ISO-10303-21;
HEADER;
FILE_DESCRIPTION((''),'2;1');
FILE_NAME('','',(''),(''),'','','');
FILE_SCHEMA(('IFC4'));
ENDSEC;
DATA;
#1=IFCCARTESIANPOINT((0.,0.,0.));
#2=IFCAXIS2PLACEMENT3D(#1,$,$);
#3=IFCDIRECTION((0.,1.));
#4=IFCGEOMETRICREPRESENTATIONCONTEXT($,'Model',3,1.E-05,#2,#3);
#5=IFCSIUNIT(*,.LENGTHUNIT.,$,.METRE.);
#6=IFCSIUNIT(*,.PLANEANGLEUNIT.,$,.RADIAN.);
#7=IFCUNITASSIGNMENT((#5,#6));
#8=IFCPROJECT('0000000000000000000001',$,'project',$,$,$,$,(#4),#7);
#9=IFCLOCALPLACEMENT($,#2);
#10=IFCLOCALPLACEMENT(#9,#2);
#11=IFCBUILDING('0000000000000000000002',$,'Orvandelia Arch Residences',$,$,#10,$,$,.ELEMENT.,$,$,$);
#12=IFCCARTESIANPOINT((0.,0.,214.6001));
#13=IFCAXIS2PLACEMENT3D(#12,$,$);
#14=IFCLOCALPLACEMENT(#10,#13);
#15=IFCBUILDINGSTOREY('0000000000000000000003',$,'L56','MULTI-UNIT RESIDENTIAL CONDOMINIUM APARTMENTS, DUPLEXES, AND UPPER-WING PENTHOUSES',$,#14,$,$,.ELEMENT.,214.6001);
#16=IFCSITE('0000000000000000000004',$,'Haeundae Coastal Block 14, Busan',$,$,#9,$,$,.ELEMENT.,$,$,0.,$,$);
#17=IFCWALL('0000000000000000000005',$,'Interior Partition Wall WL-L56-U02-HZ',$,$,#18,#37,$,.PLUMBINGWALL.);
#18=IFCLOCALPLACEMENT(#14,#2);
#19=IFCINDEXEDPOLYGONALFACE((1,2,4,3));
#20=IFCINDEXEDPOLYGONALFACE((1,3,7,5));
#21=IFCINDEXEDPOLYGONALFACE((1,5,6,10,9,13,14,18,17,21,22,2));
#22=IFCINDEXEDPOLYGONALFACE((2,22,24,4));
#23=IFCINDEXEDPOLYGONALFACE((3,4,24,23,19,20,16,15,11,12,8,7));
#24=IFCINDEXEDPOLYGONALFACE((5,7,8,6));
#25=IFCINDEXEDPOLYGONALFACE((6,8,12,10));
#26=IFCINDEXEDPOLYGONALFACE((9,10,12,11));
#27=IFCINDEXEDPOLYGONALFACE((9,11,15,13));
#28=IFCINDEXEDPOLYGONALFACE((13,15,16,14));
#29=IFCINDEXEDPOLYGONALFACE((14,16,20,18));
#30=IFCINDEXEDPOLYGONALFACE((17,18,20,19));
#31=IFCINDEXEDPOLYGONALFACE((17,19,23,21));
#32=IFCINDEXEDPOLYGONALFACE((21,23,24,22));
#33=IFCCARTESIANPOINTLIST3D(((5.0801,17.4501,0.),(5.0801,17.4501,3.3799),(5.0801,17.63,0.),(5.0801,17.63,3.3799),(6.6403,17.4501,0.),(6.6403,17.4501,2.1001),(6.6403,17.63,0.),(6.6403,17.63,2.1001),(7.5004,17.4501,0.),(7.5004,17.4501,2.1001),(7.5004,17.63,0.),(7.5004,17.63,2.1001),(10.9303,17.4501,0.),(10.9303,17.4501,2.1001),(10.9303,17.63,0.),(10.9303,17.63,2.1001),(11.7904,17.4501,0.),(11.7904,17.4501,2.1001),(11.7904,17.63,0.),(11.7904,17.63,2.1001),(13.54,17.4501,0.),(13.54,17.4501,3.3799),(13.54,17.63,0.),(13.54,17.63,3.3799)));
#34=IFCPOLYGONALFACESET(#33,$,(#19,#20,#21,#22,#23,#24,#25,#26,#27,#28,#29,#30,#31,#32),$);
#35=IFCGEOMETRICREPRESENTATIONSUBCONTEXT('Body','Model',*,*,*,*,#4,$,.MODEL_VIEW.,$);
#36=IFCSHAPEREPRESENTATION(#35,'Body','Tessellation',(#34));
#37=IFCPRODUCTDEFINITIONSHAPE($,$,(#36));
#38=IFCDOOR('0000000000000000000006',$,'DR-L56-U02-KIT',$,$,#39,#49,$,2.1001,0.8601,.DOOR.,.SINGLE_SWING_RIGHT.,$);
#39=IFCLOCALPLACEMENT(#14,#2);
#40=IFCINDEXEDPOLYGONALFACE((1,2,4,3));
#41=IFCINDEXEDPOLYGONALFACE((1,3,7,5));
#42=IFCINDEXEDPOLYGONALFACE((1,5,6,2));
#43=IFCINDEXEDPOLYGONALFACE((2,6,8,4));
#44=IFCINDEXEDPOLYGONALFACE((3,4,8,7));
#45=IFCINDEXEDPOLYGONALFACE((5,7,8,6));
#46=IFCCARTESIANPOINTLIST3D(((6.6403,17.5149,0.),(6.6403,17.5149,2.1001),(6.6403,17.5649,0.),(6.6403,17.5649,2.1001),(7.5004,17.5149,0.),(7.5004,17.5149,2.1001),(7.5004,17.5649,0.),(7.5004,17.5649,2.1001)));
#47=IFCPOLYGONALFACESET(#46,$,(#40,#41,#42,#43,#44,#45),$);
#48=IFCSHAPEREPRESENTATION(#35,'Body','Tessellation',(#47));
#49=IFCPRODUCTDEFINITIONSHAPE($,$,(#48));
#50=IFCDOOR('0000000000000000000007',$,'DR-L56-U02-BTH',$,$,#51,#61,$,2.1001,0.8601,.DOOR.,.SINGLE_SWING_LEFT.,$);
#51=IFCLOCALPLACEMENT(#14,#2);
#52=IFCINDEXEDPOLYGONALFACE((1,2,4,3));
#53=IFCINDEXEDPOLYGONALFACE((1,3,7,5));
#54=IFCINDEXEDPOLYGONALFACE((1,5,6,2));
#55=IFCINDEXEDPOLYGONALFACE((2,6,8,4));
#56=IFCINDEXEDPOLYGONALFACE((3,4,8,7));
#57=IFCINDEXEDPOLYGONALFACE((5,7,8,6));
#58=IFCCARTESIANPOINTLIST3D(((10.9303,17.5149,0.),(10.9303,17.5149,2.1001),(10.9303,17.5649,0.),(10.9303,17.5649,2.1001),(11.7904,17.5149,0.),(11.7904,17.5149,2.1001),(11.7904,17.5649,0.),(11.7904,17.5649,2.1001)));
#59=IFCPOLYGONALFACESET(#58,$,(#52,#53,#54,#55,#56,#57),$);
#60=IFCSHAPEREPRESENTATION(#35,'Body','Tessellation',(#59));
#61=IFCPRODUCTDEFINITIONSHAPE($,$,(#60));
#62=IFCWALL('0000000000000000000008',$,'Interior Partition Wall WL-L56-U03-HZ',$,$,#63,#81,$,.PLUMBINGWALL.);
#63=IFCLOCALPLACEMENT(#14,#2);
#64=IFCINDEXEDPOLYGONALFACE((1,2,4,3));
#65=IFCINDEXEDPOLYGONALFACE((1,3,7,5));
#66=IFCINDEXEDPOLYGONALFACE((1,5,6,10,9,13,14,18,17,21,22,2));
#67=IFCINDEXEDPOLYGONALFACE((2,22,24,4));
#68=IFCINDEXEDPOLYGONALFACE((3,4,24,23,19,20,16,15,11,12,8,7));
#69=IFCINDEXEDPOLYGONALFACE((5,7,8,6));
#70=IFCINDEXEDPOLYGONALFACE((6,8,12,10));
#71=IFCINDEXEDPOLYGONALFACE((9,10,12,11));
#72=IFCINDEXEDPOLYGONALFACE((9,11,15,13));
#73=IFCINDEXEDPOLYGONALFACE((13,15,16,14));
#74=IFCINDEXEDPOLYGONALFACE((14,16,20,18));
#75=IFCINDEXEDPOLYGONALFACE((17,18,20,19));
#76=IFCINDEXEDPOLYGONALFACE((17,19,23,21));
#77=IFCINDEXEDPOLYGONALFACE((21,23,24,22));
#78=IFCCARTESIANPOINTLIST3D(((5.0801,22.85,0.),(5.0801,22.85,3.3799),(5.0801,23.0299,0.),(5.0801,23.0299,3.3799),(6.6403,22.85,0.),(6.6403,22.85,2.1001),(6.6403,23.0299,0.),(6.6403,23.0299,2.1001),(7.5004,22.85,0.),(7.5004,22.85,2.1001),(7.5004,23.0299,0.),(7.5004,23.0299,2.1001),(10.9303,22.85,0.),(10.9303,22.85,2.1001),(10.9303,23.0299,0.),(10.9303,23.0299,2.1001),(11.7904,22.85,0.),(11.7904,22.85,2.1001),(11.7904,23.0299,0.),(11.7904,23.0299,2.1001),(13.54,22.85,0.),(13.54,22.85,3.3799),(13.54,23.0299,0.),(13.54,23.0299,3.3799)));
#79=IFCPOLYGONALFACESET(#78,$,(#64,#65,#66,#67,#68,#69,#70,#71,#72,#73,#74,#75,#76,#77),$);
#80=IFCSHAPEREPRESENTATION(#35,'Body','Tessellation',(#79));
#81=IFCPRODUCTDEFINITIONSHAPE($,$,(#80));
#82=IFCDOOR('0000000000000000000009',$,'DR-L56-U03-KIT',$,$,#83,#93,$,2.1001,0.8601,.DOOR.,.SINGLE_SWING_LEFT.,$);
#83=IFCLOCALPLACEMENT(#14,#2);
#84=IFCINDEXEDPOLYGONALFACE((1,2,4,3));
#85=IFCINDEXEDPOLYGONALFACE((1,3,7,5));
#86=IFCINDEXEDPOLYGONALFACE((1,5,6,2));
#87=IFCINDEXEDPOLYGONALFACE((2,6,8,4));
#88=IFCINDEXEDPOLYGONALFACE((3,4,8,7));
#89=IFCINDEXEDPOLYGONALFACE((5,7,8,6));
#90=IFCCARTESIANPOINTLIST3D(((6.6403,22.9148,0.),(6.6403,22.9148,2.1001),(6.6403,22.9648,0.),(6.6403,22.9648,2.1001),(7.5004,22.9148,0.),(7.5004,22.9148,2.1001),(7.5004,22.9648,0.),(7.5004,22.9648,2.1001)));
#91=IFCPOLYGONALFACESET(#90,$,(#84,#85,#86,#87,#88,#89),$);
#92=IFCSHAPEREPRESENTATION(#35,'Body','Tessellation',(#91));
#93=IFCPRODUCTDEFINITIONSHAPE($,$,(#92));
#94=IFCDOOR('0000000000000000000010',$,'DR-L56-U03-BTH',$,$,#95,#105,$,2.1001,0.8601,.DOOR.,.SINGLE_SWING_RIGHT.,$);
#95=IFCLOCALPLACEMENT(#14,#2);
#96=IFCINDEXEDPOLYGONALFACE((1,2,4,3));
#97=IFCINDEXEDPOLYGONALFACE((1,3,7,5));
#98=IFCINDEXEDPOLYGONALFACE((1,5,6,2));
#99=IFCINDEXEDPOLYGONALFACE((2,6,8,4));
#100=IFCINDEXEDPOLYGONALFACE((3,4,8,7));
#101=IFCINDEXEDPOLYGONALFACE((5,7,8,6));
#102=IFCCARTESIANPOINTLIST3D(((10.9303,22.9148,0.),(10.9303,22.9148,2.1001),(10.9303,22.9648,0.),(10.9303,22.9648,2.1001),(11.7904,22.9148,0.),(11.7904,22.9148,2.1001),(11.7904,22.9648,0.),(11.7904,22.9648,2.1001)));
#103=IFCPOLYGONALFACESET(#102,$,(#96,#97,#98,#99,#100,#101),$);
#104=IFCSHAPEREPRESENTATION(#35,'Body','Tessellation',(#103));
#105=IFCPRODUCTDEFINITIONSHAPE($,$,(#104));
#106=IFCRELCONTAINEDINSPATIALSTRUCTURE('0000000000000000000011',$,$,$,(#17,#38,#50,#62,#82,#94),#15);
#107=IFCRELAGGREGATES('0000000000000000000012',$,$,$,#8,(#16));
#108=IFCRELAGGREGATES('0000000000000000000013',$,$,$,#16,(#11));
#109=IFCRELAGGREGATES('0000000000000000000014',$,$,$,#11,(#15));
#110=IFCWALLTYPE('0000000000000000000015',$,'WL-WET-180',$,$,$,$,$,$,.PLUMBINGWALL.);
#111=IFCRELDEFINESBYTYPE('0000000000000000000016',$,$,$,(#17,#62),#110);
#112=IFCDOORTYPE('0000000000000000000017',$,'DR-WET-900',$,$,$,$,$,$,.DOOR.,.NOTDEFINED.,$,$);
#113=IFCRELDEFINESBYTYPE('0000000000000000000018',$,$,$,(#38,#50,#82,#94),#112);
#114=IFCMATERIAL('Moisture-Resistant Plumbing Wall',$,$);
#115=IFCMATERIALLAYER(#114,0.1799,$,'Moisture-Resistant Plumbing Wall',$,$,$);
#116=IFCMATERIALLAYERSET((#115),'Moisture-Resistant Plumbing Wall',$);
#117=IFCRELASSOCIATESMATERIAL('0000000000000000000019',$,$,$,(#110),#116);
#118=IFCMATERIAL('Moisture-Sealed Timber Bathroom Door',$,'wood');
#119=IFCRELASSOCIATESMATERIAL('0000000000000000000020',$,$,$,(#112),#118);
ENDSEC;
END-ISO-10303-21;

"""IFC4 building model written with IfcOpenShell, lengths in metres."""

from ifc_helpers import new_model, si_unit, direction, frame, frame_2d, origin, place, context, subcontext, project, spatial, rectangle, extrude, material, layer, layer_set, type_object, element, fill, save


model = new_model("IFC4")

# Units and contexts
model_context = context("Model", 3, precision=1e-05, world=origin(), true_north=direction((0.0, 1.0)))
body_context = subcontext(model_context, "Body", "Model", "MODEL_VIEW")
ifc_project = project(units=[si_unit("LENGTHUNIT", "METRE"), si_unit("PLANEANGLEUNIT", "RADIAN")], contexts=[model_context])

# Site, building, storey
site_placement = place(None, origin())
site = spatial("IfcSite", under=ifc_project, at=site_placement, Name="Haeundae Coastal Block 14, Busan", CompositionType="ELEMENT", RefElevation=0.0)
building_placement = place(site_placement, origin())
building = spatial("IfcBuilding", under=site, at=building_placement, Name="Orvandelia Arch Residences", CompositionType="ELEMENT")
storey_placement = place(building_placement, frame((0.0, 0.0, 214.6001)))
storey = spatial("IfcBuildingStorey", under=building, at=storey_placement, Name="L56", Description="MULTI-UNIT RESIDENTIAL CONDOMINIUM APARTMENTS, DUPLEXES, AND UPPER-WING PENTHOUSES", CompositionType="ELEMENT", Elevation=214.6001)

# Walls, openings, doors
ifc_material_1 = material(Name="Moisture-Resistant Plumbing Wall")
ifc_layer_1 = layer(ifc_material_1, 0.1799, Name="Moisture-Resistant Plumbing Wall")
ifc_layer_set_1 = layer_set([ifc_layer_1], Name="Moisture-Resistant Plumbing Wall")
wall_type_1 = type_object("IfcWallType", Name="WL-WET-180", PredefinedType="PLUMBINGWALL", material=ifc_layer_set_1)
wall_1_placement = place(storey_placement, frame((5.0801, 17.54, 0.0), z_axis=(0.0, 0.0, 1.0), x_axis=(1.0, 0.0, 0.0)))
wall_1 = element("IfcWall", 1, at=wall_1_placement, inside=storey, type_object=wall_type_1, Name="Interior Partition Wall WL-L56-U02-HZ", PredefinedType="PLUMBINGWALL", context=body_context, shape_type="SweptSolid", body=[
    extrude(rectangle(XDim=8.46, YDim=0.1799, at=frame_2d((4.23, 0.0))), origin(), (0.0, 0.0, 1.0), 3.3799),
])
opening_1_placement = place(wall_1_placement, frame((1.5601, 0.0, 0.0)))
opening_1 = element("IfcOpeningElement", 2, at=opening_1_placement, cuts=wall_1, PredefinedType="OPENING", context=body_context, shape_type="SweptSolid", body=[
    extrude(rectangle(XDim=0.8601, YDim=2.1001, at=frame_2d((0.4302, 1.05))), frame((0.0, 0.1001, 0.0), z_axis=(0.0, -1.0, 0.0), x_axis=(1.0, 0.0, 0.0)), (0.0, 0.0, 1.0), 0.2),
])
opening_2_placement = place(wall_1_placement, frame((5.8501, 0.0, 0.0)))
opening_2 = element("IfcOpeningElement", 3, at=opening_2_placement, cuts=wall_1, PredefinedType="OPENING", context=body_context, shape_type="SweptSolid", body=[
    extrude(rectangle(XDim=0.8601, YDim=2.1001, at=frame_2d((0.4302, 1.05))), frame((0.0, 0.1001, 0.0), z_axis=(0.0, -1.0, 0.0), x_axis=(1.0, 0.0, 0.0)), (0.0, 0.0, 1.0), 0.2),
])
ifc_material_2 = material(Name="Moisture-Sealed Timber Bathroom Door", Category="wood")
door_type = type_object("IfcDoorType", Name="DR-WET-900", OperationType="NOTDEFINED", PredefinedType="DOOR", material=ifc_material_2)
door_1_placement = place(opening_1_placement, origin())
door_1 = element("IfcDoor", 4, at=door_1_placement, inside=storey, type_object=door_type, Name="DR-L56-U02-KIT", OperationType="SINGLE_SWING_RIGHT", OverallHeight=2.1001, OverallWidth=0.8601, PredefinedType="DOOR", context=body_context, shape_type="SweptSolid", body=[
    extrude(rectangle(XDim=0.8601, YDim=2.1001, at=frame_2d((0.4302, 1.05))), frame((0.0, 0.0249, 0.0), z_axis=(0.0, -1.0, 0.0), x_axis=(1.0, 0.0, 0.0)), (0.0, 0.0, 1.0), 0.05),
])
fill(opening_1, door_1)
door_2_placement = place(opening_2_placement, origin())
door_2 = element("IfcDoor", 5, at=door_2_placement, inside=storey, type_object=door_type, Name="DR-L56-U02-BTH", OperationType="SINGLE_SWING_LEFT", OverallHeight=2.1001, OverallWidth=0.8601, PredefinedType="DOOR", context=body_context, shape_type="SweptSolid", body=[
    extrude(rectangle(XDim=0.8601, YDim=2.1001, at=frame_2d((0.4302, 1.05))), frame((0.0, 0.0249, 0.0), z_axis=(0.0, -1.0, 0.0), x_axis=(1.0, 0.0, 0.0)), (0.0, 0.0, 1.0), 0.05),
])
fill(opening_2, door_2)
wall_2_placement = place(storey_placement, frame((5.0801, 22.9399, 0.0), z_axis=(0.0, 0.0, 1.0), x_axis=(1.0, 0.0, 0.0)))
wall_2 = element("IfcWall", 6, at=wall_2_placement, inside=storey, type_object=wall_type_1, Name="Interior Partition Wall WL-L56-U03-HZ", PredefinedType="PLUMBINGWALL", context=body_context, shape_type="SweptSolid", body=[
    extrude(rectangle(XDim=8.46, YDim=0.1799, at=frame_2d((4.23, 0.0))), origin(), (0.0, 0.0, 1.0), 3.3799),
])
opening_3_placement = place(wall_2_placement, frame((1.5601, 0.0, 0.0)))
opening_3 = element("IfcOpeningElement", 7, at=opening_3_placement, cuts=wall_2, PredefinedType="OPENING", context=body_context, shape_type="SweptSolid", body=[
    extrude(rectangle(XDim=0.8601, YDim=2.1001, at=frame_2d((0.4302, 1.05))), frame((0.0, 0.1001, 0.0), z_axis=(0.0, -1.0, 0.0), x_axis=(1.0, 0.0, 0.0)), (0.0, 0.0, 1.0), 0.2),
])
opening_4_placement = place(wall_2_placement, frame((5.8501, 0.0, 0.0)))
opening_4 = element("IfcOpeningElement", 8, at=opening_4_placement, cuts=wall_2, PredefinedType="OPENING", context=body_context, shape_type="SweptSolid", body=[
    extrude(rectangle(XDim=0.8601, YDim=2.1001, at=frame_2d((0.4302, 1.05))), frame((0.0, 0.1001, 0.0), z_axis=(0.0, -1.0, 0.0), x_axis=(1.0, 0.0, 0.0)), (0.0, 0.0, 1.0), 0.2),
])
door_3_placement = place(opening_3_placement, origin())
door_3 = element("IfcDoor", 9, at=door_3_placement, inside=storey, type_object=door_type, Name="DR-L56-U03-KIT", OperationType="SINGLE_SWING_LEFT", OverallHeight=2.1001, OverallWidth=0.8601, PredefinedType="DOOR", context=body_context, shape_type="SweptSolid", body=[
    extrude(rectangle(XDim=0.8601, YDim=2.1001, at=frame_2d((0.4302, 1.05))), frame((0.0, 0.0249, 0.0), z_axis=(0.0, -1.0, 0.0), x_axis=(1.0, 0.0, 0.0)), (0.0, 0.0, 1.0), 0.05),
])
fill(opening_3, door_3)
door_4_placement = place(opening_4_placement, origin())
door_4 = element("IfcDoor", 10, at=door_4_placement, inside=storey, type_object=door_type, Name="DR-L56-U03-BTH", OperationType="SINGLE_SWING_RIGHT", OverallHeight=2.1001, OverallWidth=0.8601, PredefinedType="DOOR", context=body_context, shape_type="SweptSolid", body=[
    extrude(rectangle(XDim=0.8601, YDim=2.1001, at=frame_2d((0.4302, 1.05))), frame((0.0, 0.0249, 0.0), z_axis=(0.0, -1.0, 0.0), x_axis=(1.0, 0.0, 0.0)), (0.0, 0.0, 1.0), 0.05),
])
fill(opening_4, door_4)

save(model, "model.ifc")
